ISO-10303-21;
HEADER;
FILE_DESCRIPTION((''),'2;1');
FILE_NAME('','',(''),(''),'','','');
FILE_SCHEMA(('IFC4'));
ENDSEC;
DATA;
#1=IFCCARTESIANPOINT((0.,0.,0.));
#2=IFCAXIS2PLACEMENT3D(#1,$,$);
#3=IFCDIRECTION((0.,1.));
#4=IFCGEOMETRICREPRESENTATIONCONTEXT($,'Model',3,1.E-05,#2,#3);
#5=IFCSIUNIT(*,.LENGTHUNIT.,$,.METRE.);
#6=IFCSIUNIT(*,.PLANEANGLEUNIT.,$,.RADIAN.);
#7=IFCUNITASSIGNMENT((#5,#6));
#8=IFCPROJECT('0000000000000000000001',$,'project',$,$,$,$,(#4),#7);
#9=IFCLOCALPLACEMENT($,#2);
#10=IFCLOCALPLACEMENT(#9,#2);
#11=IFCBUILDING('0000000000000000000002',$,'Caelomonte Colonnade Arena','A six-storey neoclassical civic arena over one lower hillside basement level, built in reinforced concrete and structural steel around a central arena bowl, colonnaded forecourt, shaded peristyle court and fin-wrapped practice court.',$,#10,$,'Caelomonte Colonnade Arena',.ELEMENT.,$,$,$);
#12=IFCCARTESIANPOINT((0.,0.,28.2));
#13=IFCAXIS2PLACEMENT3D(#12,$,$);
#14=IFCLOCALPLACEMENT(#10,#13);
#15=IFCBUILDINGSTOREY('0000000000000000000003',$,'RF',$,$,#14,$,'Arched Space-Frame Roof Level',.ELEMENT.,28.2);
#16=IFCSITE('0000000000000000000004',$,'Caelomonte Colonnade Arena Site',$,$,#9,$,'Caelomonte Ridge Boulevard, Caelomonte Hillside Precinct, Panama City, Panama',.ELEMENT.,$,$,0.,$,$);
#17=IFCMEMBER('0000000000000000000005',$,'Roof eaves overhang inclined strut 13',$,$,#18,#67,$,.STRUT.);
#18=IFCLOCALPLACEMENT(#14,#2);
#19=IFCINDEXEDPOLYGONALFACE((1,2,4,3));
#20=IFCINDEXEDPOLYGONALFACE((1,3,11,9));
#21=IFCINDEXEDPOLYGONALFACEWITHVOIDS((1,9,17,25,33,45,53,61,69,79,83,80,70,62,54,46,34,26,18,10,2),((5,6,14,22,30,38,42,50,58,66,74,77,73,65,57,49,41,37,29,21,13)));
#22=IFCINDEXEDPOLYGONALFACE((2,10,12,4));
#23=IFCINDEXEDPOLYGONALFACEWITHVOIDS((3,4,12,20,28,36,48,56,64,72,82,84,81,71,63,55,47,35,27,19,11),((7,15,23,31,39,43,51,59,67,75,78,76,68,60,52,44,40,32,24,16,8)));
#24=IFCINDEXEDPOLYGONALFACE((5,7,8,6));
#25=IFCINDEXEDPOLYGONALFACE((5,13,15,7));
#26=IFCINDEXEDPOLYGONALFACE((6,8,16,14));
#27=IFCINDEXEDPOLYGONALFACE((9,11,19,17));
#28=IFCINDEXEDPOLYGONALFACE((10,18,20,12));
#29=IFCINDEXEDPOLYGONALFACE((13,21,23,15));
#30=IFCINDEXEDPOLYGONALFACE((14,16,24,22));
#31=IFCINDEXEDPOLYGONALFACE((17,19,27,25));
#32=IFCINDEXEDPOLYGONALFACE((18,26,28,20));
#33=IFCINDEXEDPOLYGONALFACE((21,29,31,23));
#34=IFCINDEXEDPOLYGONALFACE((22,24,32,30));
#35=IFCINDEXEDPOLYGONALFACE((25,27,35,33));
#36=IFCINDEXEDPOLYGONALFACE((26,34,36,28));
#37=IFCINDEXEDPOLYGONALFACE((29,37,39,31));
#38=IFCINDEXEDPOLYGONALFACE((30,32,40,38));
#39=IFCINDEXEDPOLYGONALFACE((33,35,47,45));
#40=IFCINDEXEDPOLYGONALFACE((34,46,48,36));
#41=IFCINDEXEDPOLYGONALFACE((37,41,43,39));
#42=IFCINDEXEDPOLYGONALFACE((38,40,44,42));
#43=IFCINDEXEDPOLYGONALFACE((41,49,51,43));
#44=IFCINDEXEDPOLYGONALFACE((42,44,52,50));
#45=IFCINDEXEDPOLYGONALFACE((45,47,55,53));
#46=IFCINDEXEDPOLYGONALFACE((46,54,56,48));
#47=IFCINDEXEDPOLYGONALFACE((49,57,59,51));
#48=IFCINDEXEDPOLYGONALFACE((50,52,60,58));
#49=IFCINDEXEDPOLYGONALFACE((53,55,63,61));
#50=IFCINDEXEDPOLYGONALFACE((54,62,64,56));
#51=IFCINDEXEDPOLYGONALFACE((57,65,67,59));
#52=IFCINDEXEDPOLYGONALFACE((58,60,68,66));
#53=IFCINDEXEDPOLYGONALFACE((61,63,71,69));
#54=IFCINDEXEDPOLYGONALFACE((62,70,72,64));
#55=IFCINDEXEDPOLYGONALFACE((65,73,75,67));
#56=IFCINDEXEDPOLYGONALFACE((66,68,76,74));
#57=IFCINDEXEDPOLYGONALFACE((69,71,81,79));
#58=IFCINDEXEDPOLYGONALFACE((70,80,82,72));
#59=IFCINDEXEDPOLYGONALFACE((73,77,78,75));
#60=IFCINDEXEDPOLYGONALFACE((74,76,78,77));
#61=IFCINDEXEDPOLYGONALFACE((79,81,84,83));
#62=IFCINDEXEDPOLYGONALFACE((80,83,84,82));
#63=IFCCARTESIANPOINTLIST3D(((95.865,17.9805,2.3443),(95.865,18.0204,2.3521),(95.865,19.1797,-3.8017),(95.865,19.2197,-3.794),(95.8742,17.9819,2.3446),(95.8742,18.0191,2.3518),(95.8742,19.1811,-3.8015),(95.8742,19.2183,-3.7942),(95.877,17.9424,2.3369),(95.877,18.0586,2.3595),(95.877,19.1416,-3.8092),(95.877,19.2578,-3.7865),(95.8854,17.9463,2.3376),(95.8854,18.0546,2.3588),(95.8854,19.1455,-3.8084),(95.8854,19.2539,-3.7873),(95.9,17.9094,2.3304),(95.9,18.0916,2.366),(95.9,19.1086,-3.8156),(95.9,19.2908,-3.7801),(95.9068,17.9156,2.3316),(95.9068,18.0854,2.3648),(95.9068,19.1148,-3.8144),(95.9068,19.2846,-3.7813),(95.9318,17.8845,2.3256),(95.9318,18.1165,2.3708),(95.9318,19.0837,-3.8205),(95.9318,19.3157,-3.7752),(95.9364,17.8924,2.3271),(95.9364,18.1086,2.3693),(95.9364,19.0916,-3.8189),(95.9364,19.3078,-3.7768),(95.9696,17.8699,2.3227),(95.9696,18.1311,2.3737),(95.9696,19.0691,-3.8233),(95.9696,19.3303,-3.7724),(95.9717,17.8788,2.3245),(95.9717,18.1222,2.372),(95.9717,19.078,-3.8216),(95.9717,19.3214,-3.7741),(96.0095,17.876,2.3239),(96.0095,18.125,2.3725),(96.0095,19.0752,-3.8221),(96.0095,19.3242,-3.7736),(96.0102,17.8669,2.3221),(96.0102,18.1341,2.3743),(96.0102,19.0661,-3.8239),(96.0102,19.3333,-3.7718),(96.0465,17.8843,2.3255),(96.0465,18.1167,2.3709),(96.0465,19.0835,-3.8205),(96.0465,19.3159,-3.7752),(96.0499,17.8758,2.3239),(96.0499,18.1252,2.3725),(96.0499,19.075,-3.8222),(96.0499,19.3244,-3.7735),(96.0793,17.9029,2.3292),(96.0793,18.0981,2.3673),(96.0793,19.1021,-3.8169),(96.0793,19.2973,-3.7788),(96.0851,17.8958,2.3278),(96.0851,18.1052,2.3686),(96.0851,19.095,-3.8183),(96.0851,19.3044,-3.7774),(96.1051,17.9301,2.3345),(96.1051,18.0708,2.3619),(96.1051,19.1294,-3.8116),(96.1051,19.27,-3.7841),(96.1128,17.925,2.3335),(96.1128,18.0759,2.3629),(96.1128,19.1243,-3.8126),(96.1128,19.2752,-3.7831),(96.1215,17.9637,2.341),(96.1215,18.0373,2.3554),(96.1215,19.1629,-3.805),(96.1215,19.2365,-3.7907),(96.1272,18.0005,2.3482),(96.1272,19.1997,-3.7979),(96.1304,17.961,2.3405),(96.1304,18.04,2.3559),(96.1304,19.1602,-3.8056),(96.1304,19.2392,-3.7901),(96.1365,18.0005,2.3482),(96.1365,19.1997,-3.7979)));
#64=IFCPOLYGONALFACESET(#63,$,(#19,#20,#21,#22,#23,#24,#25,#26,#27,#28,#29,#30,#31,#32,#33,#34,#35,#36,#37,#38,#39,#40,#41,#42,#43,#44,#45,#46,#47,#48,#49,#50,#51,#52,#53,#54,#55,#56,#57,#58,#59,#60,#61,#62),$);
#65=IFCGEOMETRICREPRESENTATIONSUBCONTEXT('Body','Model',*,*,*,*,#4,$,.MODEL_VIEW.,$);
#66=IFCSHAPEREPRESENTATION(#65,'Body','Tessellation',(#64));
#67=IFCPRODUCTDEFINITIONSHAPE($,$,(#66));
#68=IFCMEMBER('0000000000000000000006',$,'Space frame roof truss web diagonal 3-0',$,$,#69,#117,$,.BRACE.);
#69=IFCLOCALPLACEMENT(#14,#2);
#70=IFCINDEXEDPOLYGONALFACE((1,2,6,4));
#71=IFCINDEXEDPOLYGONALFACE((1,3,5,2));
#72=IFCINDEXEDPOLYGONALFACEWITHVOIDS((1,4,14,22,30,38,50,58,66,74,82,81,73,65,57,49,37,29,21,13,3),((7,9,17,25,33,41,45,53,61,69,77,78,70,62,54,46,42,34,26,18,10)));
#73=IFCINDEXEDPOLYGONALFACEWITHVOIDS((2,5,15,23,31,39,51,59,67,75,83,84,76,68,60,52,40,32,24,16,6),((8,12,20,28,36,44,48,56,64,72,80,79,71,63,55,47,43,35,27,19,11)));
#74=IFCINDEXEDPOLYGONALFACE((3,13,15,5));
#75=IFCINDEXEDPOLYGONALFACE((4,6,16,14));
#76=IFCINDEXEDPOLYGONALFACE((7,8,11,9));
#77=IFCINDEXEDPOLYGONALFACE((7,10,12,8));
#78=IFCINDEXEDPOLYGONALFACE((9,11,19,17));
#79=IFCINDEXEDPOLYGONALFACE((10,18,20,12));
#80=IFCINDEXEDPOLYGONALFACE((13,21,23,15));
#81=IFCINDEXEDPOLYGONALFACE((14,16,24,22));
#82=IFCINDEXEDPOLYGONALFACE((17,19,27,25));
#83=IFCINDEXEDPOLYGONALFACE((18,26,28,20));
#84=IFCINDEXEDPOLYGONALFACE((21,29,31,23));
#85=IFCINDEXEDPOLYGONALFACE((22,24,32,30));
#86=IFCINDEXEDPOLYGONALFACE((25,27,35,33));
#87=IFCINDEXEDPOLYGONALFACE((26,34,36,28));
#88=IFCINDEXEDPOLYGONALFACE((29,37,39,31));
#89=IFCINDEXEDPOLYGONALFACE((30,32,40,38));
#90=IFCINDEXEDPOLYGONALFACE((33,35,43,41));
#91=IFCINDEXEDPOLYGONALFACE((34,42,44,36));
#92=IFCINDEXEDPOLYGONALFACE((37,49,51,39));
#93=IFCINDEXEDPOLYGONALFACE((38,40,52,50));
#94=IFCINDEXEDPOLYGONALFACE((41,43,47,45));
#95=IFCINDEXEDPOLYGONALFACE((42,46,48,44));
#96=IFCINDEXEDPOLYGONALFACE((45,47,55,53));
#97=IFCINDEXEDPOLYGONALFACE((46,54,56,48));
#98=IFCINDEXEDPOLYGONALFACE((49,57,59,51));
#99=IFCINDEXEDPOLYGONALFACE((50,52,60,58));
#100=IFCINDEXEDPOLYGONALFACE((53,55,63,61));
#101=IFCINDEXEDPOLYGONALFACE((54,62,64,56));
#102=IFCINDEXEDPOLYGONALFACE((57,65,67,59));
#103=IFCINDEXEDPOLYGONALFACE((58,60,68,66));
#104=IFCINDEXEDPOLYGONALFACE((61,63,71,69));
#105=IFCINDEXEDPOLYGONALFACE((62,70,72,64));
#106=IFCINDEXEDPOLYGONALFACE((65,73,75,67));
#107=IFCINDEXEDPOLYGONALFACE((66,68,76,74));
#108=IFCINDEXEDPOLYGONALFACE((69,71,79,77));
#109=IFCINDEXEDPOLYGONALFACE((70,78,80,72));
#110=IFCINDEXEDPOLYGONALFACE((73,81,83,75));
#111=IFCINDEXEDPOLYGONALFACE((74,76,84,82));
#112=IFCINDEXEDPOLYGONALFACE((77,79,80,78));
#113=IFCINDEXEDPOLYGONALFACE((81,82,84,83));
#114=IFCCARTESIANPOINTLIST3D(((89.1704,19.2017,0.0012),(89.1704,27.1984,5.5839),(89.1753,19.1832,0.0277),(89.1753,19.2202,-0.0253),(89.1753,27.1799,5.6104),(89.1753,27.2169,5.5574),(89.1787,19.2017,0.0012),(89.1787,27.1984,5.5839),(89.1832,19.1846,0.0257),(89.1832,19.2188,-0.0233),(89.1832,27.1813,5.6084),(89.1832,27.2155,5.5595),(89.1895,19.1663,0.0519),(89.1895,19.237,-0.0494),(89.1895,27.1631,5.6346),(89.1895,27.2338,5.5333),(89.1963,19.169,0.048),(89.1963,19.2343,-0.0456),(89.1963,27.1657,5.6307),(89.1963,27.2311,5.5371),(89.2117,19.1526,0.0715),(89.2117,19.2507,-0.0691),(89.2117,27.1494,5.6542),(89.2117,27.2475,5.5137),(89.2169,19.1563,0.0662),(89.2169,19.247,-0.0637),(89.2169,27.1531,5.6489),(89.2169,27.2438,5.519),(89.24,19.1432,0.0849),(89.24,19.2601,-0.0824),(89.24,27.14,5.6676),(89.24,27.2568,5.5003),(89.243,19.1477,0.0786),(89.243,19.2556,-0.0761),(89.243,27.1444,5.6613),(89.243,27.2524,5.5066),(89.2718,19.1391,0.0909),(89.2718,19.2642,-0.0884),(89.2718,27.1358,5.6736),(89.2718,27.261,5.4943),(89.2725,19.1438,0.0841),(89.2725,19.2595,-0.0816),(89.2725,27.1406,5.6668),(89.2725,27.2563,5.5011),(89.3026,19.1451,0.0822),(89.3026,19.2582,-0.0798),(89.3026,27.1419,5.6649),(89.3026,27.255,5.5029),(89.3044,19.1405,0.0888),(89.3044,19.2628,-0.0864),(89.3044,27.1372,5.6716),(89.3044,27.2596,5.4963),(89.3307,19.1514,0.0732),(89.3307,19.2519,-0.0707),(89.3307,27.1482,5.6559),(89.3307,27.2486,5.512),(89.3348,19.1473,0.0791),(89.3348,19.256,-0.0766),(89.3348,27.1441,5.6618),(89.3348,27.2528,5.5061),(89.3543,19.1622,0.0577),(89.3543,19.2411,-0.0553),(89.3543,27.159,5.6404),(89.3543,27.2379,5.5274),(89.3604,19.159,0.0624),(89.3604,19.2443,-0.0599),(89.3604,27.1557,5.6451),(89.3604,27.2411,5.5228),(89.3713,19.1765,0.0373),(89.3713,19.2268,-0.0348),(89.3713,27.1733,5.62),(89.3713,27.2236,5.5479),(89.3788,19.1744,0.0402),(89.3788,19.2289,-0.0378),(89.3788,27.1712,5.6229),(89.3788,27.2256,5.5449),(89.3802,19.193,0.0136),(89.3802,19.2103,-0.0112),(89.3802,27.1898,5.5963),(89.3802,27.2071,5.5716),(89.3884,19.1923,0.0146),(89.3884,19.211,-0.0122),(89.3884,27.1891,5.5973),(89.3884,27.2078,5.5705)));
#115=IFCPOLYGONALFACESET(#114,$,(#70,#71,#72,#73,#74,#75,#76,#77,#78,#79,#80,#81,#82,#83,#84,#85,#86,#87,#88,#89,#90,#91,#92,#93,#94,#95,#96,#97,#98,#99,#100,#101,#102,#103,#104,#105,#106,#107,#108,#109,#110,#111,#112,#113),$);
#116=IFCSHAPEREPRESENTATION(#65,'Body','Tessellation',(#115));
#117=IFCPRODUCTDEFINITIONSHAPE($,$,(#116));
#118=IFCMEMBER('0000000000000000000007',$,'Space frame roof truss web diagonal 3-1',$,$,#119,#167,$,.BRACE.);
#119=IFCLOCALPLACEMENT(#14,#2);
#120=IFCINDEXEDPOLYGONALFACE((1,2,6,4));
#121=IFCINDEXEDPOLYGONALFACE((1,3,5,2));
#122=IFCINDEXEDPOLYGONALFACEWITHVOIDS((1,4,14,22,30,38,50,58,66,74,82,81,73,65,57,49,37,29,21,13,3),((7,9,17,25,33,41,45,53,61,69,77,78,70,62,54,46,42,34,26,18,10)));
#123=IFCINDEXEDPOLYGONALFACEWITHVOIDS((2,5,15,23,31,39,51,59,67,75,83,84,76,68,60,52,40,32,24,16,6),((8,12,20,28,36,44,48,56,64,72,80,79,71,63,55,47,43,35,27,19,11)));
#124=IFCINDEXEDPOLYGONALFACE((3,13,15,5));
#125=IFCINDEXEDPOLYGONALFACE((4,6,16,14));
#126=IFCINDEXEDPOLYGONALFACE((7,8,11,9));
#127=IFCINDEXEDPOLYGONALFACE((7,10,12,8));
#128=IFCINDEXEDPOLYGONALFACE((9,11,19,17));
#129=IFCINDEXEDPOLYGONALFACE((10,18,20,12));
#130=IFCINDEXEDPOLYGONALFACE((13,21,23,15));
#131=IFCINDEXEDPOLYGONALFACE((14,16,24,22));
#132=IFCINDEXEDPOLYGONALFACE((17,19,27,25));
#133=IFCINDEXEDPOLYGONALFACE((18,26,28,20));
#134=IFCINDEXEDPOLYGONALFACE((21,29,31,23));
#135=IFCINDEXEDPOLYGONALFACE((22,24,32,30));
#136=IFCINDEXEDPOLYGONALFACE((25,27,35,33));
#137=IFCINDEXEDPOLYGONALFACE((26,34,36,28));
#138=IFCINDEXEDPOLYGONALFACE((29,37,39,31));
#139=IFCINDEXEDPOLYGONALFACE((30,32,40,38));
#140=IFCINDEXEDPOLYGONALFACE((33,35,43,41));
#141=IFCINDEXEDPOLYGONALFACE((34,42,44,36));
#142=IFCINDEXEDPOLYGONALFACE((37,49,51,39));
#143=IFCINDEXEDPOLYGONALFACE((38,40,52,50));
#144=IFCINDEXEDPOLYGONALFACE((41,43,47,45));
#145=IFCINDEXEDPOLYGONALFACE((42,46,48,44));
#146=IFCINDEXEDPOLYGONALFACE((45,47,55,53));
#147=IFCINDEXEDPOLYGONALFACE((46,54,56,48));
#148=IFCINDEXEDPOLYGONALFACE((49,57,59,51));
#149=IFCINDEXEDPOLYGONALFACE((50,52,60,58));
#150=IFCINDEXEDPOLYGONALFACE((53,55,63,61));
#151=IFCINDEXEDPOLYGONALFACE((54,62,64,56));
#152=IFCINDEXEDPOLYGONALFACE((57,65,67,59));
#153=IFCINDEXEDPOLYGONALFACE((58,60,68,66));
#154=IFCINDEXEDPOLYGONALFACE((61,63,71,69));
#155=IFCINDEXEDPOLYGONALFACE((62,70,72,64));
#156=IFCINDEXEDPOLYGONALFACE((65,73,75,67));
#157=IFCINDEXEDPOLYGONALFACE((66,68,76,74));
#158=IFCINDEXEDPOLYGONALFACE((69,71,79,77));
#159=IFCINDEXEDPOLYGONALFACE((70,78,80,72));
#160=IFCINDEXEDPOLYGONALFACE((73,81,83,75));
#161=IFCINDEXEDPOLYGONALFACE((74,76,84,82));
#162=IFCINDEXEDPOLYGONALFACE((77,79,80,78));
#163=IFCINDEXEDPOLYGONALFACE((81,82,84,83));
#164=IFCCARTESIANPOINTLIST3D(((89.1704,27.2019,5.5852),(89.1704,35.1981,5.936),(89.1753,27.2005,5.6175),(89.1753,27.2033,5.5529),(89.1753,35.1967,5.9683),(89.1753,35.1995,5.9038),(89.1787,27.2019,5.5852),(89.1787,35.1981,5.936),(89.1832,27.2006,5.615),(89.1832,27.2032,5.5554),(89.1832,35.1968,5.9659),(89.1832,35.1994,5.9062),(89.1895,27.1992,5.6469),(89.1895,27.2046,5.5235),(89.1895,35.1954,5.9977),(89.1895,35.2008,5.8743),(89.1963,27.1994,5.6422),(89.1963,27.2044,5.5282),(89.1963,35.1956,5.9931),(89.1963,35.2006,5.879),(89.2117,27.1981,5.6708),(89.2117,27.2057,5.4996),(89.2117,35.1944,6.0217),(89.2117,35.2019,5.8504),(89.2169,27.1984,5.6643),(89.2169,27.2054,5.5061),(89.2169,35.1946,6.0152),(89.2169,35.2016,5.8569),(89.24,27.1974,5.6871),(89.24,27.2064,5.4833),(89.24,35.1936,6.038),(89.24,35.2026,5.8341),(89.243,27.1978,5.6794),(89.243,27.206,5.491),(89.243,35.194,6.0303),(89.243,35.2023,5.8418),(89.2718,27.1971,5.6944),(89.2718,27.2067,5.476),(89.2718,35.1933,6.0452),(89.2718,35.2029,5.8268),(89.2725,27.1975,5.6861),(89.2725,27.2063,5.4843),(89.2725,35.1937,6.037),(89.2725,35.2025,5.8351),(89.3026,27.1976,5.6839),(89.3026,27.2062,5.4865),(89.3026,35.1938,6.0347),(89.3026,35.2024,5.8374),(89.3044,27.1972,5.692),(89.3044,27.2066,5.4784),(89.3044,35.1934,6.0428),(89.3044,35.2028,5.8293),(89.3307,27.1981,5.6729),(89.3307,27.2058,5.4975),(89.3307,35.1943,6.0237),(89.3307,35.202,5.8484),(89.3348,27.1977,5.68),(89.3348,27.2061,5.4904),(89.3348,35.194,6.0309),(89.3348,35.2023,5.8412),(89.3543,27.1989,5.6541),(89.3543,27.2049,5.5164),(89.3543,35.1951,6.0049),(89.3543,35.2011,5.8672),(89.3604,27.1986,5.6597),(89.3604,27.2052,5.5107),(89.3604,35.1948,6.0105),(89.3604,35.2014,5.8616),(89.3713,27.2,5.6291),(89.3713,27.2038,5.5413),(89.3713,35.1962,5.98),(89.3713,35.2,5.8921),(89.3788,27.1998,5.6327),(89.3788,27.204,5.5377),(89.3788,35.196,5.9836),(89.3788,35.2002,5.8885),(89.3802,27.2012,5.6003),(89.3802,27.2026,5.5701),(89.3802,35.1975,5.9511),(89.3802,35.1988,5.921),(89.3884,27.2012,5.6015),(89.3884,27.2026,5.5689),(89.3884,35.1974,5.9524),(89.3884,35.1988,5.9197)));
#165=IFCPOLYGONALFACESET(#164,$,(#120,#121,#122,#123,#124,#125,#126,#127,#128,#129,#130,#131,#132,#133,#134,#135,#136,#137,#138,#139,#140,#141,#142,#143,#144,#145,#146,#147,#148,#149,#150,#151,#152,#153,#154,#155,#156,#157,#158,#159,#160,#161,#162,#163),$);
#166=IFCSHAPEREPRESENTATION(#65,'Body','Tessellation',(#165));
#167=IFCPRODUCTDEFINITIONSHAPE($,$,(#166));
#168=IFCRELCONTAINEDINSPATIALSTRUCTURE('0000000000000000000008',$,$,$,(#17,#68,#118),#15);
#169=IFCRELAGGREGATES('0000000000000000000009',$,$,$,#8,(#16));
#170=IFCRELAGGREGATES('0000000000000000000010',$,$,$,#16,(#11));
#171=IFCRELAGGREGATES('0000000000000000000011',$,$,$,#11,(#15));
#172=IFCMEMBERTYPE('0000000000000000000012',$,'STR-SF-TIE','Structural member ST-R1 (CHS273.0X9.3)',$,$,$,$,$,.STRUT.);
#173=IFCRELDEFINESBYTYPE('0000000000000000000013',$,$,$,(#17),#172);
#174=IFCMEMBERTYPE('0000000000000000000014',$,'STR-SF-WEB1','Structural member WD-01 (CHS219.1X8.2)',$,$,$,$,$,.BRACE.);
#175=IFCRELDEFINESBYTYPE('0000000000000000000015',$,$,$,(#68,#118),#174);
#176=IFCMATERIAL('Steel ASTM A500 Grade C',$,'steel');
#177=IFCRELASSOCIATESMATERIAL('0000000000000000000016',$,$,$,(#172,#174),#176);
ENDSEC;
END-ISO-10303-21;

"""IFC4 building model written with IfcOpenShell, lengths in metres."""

from ifc_helpers import new_model, si_unit, direction, frame, origin, origin_2d, place, context, subcontext, project, spatial, hollow_circle, extrude, material, material_profile, profile_set, type_object, element, save


model = new_model("IFC4")

# Units and contexts
model_context = context("Model", 3, precision=1e-05, world=origin(), true_north=direction((0.0, 1.0)))
body_context = subcontext(model_context, "Body", "Model", "MODEL_VIEW")
ifc_project = project(units=[si_unit("LENGTHUNIT", "METRE"), si_unit("PLANEANGLEUNIT", "RADIAN")], contexts=[model_context])

# Site, building, storey
site_placement = place(None, origin())
site = spatial("IfcSite", under=ifc_project, at=site_placement, Name="Caelomonte Colonnade Arena Site", LongName="Caelomonte Ridge Boulevard, Caelomonte Hillside Precinct, Panama City, Panama", CompositionType="ELEMENT", RefElevation=0.0)
building_placement = place(site_placement, origin())
building = spatial("IfcBuilding", under=site, at=building_placement, Name="Caelomonte Colonnade Arena", Description="A six-storey neoclassical civic arena over one lower hillside basement level, built in reinforced concrete and structural steel around a central arena bowl, colonnaded forecourt, shaded peristyle court and fin-wrapped practice court.", LongName="Caelomonte Colonnade Arena", CompositionType="ELEMENT")
storey_placement = place(building_placement, frame((0.0, 0.0, 28.2)))
storey = spatial("IfcBuildingStorey", under=building, at=storey_placement, Name="RF", LongName="Arched Space-Frame Roof Level", CompositionType="ELEMENT", Elevation=28.2)

# Members
ifc_material_1 = material(Name="Steel ASTM A500 Grade C", Category="steel")
ifc_material_profile_1 = material_profile(ifc_material_1, hollow_circle(Radius=0.1365, WallThickness=0.0093, at=origin_2d()), Name="CHS273.0X9.3")
ifc_profile_set_1 = profile_set([ifc_material_profile_1], Name="Steel ASTM A500 Grade C")
member_type_1 = type_object("IfcMemberType", Name="STR-SF-TIE", Description="Structural member ST-R1 (CHS273.0X9.3)", PredefinedType="STRUT", material=ifc_profile_set_1)
for number, where, z_axis, x_axis, name in (
    (1, (96.0, 19.1997, -3.7979), (0.0, -0.19151, 0.981491), (1.0, 0.0, 0.0), "Roof eaves overhang inclined strut 13"),
):
    element("IfcMember", number, at=place(storey_placement, frame(where, z_axis=z_axis, x_axis=x_axis)), inside=storey, type_object=member_type_1, Name=name, PredefinedType="STRUT", context=body_context, shape_type="SweptSolid", body=[
        extrude(hollow_circle(Radius=0.1365, WallThickness=0.0093, at=origin_2d()), origin(), (0.0, 0.0, 1.0), 6.262),
    ])
ifc_material_profile_2 = material_profile(ifc_material_1, hollow_circle(Radius=0.1096, WallThickness=0.0083, at=origin_2d()), Name="CHS219.1X8.2")
ifc_profile_set_2 = profile_set([ifc_material_profile_2], Name="Steel ASTM A500 Grade C")
member_type_2 = type_object("IfcMemberType", Name="STR-SF-WEB1", Description="Structural member WD-01 (CHS219.1X8.2)", PredefinedType="BRACE", material=ifc_profile_set_2)
member_1_placement = place(storey_placement, frame((89.28, 19.2017, 0.0012), z_axis=(0.0, 0.819955, 0.572429), x_axis=(-1.0, 0.0, 0.0)))
element("IfcMember", 2, at=member_1_placement, inside=storey, type_object=member_type_2, Name="Space frame roof truss web diagonal 3-0", PredefinedType="BRACE", context=body_context, shape_type="SweptSolid", body=[
    extrude(hollow_circle(Radius=0.1096, WallThickness=0.0083, at=origin_2d()), origin(), (0.0, 0.0, 1.0), 9.7527),
])
member_2_placement = place(storey_placement, frame((89.28, 27.2019, 5.5852), z_axis=(0.0, 0.999039, 0.043833), x_axis=(-1.0, 0.0, 0.0)))
element("IfcMember", 3, at=member_2_placement, inside=storey, type_object=member_type_2, Name="Space frame roof truss web diagonal 3-1", PredefinedType="BRACE", context=body_context, shape_type="SweptSolid", body=[
    extrude(hollow_circle(Radius=0.1096, WallThickness=0.0083, at=origin_2d()), origin(), (0.0, 0.0, 1.0), 8.0039),
])

save(model, "model.ifc")
